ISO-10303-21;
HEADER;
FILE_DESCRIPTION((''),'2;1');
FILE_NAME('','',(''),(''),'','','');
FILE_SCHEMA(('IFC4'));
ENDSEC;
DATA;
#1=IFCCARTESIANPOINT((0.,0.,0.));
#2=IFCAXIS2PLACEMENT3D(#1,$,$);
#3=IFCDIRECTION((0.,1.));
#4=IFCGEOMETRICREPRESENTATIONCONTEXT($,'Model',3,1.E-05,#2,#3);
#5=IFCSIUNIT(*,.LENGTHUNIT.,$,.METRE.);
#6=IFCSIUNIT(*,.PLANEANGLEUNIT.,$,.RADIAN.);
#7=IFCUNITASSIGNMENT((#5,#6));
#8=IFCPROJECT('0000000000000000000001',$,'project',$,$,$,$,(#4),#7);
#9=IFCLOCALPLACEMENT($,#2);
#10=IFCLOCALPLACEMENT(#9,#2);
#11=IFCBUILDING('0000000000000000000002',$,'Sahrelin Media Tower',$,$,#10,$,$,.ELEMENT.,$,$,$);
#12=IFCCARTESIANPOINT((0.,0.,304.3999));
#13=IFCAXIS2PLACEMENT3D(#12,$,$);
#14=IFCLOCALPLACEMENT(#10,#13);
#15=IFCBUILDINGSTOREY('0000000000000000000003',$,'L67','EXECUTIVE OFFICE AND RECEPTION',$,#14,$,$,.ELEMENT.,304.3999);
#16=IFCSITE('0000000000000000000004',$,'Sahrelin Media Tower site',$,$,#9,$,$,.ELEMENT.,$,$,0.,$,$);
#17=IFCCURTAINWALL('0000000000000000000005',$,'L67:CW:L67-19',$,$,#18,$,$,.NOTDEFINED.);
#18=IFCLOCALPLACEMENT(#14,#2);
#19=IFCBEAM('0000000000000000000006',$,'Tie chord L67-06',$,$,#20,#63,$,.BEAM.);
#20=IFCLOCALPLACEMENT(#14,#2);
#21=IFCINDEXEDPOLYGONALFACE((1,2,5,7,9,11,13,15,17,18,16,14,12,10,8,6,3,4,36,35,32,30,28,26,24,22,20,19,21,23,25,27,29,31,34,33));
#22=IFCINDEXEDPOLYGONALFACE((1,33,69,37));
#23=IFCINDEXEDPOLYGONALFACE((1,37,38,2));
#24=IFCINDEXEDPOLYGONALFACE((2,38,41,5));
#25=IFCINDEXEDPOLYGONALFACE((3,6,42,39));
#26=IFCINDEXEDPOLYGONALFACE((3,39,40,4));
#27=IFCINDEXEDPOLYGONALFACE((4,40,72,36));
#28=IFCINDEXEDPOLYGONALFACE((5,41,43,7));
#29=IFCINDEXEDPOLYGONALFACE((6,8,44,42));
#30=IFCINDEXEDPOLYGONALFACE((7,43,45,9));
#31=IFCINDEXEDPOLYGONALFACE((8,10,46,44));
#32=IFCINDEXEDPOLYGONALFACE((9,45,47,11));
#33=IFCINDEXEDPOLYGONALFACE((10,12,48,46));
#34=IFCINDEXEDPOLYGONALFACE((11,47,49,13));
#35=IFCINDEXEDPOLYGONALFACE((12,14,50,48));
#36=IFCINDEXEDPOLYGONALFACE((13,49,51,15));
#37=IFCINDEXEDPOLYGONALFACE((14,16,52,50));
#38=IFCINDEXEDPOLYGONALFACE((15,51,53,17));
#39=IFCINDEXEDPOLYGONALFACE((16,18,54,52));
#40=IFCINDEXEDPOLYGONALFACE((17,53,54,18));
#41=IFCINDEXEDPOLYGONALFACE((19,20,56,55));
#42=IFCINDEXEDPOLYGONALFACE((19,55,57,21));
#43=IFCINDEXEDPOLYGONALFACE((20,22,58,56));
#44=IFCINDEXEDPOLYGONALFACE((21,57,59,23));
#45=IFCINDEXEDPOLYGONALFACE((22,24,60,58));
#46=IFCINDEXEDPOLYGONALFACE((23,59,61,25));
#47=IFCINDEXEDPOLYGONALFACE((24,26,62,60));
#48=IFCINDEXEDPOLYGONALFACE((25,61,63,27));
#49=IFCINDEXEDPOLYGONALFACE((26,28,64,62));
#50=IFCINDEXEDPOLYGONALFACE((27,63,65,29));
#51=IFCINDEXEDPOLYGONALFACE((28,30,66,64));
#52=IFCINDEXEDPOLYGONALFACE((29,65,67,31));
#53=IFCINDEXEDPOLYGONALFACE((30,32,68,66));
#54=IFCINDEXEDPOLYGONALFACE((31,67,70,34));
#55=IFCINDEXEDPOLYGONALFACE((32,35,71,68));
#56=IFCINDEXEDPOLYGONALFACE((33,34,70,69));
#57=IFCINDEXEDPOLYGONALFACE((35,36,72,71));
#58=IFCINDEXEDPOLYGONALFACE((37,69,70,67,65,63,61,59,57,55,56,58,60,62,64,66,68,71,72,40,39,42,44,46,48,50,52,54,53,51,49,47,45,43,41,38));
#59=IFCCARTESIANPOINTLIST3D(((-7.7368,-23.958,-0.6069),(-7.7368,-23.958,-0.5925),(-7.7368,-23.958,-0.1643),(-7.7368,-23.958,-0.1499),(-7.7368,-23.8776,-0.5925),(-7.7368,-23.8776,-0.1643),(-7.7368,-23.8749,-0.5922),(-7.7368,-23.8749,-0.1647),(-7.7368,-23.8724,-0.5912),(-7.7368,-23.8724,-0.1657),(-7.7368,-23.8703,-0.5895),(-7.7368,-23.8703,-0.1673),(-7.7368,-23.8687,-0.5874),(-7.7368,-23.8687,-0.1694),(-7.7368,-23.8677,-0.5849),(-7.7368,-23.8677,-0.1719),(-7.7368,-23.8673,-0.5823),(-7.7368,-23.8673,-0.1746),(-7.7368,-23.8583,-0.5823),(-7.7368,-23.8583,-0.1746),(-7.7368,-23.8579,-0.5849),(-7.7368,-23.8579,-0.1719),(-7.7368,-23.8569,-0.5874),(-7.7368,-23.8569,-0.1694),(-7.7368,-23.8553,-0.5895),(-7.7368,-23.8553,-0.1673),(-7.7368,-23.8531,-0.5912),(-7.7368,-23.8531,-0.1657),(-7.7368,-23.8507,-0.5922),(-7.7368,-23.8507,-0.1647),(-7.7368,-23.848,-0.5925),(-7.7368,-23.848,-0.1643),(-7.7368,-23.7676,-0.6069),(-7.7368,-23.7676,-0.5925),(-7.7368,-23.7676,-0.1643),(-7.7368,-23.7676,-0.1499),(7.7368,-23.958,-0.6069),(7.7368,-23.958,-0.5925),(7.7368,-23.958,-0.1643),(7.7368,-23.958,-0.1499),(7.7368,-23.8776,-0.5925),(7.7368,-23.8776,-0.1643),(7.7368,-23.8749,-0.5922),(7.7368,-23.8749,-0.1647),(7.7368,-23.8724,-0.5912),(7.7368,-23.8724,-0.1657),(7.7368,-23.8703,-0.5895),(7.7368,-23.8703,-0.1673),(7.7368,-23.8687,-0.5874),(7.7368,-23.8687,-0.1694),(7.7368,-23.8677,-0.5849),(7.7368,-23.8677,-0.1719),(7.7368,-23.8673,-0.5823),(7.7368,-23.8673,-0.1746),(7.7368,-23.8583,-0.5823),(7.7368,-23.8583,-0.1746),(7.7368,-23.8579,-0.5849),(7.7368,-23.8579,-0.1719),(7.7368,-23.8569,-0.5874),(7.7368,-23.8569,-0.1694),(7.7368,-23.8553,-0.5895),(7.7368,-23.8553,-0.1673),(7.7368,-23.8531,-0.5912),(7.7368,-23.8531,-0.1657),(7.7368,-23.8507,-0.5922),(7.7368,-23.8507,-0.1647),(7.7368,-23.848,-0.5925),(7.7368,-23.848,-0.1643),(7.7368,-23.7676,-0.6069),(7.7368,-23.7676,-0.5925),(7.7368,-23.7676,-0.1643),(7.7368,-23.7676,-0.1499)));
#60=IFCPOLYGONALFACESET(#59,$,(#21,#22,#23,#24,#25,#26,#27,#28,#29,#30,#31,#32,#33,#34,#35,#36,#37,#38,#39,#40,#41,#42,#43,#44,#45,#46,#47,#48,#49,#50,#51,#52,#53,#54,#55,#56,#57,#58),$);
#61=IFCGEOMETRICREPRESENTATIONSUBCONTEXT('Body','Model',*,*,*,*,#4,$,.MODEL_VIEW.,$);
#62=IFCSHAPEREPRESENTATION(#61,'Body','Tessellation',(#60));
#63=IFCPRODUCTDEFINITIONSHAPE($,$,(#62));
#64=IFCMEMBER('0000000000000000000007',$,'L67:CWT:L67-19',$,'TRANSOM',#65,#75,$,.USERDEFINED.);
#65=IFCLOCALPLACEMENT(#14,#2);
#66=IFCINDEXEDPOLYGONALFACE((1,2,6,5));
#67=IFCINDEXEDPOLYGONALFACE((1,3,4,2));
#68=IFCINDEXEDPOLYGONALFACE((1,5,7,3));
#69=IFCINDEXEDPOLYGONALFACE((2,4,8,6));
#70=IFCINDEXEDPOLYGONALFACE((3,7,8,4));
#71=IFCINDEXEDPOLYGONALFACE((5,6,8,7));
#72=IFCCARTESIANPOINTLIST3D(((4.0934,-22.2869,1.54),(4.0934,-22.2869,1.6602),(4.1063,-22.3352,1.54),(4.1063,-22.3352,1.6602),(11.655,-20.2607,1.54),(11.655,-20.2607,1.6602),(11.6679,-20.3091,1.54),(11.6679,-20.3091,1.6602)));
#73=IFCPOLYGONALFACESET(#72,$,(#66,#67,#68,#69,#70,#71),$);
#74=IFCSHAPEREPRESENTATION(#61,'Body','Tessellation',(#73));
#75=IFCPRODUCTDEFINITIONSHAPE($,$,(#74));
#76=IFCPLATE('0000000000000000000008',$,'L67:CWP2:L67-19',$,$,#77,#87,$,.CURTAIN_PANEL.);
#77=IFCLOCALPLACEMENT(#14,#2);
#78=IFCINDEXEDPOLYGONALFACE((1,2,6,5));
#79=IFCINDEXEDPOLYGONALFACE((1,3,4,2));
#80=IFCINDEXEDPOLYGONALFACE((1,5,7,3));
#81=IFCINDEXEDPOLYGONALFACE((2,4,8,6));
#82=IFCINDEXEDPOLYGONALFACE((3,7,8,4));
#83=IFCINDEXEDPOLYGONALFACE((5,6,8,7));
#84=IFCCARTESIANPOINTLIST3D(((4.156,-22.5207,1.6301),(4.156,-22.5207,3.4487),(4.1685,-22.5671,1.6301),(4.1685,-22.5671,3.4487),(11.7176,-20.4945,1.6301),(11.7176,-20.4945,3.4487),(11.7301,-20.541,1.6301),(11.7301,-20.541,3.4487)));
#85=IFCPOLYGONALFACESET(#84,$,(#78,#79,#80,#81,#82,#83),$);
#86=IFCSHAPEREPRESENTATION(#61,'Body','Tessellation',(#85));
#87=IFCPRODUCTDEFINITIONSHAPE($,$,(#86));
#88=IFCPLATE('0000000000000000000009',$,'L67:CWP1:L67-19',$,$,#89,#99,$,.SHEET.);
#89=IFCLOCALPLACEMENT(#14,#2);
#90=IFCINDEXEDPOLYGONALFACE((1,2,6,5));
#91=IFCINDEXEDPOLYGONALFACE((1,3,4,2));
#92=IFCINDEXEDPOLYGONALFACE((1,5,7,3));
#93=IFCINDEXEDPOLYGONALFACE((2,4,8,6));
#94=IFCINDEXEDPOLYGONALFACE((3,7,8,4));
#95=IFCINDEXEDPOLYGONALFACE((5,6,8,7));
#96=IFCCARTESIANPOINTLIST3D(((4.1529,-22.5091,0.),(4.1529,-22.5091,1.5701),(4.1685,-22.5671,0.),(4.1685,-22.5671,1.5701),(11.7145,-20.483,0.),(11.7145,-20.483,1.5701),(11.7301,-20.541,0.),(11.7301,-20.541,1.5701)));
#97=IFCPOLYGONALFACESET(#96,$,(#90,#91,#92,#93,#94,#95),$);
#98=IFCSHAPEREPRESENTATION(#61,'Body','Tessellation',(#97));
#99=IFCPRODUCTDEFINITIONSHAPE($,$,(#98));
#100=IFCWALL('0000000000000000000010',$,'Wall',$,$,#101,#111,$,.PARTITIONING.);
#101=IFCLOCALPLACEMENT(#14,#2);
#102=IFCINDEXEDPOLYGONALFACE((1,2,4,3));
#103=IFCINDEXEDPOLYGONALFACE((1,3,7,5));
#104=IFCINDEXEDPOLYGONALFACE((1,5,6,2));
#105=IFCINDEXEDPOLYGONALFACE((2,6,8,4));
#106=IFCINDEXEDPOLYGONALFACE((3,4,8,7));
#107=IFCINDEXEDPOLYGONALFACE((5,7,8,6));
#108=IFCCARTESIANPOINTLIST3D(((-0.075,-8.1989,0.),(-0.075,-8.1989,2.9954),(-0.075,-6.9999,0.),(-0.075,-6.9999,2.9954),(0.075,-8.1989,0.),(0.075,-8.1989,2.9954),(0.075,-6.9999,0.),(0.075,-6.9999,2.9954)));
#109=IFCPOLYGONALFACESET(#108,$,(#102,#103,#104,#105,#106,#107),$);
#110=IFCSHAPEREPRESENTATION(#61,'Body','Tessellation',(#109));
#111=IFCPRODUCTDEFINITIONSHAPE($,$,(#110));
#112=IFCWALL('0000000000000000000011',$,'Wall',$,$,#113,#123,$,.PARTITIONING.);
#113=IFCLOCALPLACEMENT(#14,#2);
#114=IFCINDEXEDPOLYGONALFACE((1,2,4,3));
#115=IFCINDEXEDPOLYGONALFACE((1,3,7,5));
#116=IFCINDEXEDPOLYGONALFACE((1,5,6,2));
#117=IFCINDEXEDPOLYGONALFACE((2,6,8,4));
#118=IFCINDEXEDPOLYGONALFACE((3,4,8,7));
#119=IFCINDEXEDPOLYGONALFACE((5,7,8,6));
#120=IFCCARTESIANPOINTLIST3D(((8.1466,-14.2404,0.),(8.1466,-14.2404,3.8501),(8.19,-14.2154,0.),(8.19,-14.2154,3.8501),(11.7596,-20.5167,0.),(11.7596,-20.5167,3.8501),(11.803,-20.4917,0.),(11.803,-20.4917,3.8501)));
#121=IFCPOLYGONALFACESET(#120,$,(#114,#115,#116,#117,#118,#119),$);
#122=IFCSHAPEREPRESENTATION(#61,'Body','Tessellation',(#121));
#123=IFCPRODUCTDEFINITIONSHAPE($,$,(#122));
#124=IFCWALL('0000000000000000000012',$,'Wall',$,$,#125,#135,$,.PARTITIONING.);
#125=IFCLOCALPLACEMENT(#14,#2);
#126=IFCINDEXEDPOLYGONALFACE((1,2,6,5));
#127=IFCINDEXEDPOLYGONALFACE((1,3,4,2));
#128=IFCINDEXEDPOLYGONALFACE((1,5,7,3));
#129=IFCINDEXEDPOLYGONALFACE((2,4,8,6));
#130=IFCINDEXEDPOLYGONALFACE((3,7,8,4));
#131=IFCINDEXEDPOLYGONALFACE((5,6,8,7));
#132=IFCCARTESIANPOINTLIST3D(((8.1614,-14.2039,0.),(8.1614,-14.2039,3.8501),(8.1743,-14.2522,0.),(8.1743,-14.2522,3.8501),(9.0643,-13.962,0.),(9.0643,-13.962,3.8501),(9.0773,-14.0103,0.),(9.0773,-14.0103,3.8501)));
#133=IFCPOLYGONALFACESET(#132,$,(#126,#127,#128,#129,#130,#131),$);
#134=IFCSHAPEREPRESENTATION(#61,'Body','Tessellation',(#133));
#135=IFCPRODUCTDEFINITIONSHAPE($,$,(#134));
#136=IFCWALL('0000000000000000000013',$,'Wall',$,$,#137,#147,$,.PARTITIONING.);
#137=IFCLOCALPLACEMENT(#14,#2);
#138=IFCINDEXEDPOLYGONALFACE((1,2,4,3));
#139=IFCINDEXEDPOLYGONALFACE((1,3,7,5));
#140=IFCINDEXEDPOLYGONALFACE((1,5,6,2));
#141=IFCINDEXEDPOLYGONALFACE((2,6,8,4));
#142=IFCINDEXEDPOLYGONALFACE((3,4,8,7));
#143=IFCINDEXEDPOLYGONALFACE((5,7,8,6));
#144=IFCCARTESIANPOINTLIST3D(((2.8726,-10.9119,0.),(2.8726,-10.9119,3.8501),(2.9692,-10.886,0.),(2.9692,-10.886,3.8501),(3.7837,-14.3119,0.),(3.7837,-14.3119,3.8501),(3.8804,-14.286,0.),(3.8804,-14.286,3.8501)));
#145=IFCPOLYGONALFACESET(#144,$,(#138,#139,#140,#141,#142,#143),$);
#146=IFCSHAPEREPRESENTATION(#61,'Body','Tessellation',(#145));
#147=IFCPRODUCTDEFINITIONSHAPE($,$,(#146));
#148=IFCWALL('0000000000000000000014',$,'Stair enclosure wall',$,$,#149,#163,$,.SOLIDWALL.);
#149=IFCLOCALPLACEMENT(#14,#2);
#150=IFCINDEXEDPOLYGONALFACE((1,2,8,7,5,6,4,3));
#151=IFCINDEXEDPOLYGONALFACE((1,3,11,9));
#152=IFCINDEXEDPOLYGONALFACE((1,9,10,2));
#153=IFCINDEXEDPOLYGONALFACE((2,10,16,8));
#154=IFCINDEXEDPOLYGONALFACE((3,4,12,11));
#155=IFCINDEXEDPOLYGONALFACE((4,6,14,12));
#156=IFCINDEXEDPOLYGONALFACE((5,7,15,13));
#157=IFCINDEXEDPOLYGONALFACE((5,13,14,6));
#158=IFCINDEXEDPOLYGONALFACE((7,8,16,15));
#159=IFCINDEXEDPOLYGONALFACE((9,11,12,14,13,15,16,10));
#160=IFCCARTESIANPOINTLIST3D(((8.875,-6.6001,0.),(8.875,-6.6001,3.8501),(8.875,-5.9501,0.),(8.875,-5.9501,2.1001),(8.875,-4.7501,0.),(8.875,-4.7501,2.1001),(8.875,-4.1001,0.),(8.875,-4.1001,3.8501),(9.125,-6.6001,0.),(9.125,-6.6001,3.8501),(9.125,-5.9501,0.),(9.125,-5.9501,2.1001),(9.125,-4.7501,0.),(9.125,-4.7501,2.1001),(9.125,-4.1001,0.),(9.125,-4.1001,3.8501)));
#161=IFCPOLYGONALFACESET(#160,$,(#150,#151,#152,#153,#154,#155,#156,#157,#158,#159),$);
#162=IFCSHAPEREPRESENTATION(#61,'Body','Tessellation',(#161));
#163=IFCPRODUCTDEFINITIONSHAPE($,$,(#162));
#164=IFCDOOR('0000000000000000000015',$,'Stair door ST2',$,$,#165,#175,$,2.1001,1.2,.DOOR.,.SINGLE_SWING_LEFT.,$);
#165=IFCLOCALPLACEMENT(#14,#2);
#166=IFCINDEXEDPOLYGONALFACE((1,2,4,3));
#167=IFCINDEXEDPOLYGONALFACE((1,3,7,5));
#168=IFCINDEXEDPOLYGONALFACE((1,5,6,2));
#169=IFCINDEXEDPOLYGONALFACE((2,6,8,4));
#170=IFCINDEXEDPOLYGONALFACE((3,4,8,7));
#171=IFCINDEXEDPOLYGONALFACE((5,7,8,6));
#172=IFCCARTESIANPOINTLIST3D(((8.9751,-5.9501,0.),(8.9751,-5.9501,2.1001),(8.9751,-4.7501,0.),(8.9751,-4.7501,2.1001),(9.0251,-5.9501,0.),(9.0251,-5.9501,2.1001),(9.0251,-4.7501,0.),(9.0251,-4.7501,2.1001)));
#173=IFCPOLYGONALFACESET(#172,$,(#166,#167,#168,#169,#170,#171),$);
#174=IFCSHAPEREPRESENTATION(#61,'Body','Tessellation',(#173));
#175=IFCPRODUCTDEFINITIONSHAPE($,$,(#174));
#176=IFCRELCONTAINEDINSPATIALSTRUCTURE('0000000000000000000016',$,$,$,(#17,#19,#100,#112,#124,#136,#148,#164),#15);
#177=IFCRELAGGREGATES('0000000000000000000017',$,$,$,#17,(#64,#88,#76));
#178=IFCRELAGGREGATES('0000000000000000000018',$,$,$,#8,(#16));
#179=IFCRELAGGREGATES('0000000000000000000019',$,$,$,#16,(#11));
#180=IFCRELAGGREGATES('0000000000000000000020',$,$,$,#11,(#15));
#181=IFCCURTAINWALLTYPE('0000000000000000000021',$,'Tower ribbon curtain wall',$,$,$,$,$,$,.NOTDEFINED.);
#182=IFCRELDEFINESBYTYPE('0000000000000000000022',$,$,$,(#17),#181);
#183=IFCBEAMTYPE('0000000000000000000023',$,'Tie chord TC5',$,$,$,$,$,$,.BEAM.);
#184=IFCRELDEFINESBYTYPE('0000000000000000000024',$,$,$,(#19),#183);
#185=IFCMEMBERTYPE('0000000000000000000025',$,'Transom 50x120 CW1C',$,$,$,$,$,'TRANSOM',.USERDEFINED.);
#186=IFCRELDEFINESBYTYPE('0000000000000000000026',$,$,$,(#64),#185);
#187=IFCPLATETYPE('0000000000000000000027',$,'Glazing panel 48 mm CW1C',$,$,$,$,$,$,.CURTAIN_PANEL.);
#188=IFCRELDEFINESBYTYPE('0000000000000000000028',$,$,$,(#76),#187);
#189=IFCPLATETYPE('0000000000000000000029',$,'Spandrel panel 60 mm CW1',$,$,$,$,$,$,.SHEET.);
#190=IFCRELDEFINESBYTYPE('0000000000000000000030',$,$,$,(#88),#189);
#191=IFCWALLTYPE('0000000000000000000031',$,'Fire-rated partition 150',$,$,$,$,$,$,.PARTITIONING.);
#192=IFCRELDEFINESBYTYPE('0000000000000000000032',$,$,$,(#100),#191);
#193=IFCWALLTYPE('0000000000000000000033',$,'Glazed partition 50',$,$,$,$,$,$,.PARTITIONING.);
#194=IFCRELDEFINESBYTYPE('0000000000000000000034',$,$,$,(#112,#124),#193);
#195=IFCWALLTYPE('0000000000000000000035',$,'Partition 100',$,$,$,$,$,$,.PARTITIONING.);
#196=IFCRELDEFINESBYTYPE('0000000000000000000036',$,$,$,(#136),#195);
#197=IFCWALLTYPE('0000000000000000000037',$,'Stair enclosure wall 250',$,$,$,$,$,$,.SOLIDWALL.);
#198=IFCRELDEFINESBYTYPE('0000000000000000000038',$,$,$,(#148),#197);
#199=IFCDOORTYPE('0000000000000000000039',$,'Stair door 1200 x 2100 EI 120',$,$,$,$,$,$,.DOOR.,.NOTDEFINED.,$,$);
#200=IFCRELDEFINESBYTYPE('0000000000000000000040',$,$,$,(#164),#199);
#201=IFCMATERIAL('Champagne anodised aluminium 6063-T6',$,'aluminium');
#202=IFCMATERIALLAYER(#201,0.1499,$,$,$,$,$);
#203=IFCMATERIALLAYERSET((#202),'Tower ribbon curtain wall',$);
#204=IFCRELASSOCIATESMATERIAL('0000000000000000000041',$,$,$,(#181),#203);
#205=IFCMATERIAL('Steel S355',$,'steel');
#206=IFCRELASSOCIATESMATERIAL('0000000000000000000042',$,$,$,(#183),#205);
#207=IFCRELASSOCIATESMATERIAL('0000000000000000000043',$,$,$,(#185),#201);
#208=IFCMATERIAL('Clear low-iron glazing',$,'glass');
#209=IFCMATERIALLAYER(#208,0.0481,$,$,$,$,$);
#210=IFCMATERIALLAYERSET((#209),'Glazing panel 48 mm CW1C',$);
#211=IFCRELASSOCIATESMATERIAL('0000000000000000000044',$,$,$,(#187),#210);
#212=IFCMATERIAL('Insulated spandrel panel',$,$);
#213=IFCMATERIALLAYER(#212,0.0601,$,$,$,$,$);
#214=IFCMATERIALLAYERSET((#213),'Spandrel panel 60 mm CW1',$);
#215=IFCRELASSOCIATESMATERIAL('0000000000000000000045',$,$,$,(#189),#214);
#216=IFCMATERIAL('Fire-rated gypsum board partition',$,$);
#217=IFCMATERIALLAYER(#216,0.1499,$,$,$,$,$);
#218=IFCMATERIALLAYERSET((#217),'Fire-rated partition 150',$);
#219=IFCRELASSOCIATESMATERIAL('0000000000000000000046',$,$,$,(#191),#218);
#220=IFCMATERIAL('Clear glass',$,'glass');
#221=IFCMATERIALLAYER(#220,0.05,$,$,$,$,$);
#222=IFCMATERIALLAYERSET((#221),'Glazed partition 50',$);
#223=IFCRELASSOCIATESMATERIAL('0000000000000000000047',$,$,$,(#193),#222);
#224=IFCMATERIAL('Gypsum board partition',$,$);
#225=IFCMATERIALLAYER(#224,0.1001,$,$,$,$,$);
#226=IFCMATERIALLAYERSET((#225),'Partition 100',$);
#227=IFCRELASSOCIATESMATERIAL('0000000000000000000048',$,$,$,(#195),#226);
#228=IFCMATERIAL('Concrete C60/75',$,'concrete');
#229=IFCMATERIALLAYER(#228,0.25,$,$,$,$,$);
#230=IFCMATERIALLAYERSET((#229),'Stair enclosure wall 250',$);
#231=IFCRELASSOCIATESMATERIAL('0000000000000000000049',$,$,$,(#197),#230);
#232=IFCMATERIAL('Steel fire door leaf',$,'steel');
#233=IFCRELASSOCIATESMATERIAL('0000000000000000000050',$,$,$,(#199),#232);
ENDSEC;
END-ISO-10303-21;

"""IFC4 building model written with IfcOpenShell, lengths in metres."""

from ifc_helpers import new_model, si_unit, direction, frame, frame_2d, origin, origin_2d, place, context, subcontext, project, spatial, polyline, rectangle, i_section, outline, extrude, material, layer, layer_set, material_profile, profile_set, type_object, element, fill, aggregate, save


model = new_model("IFC4")

# Units and contexts
model_context = context("Model", 3, precision=1e-05, world=origin(), true_north=direction((0.0, 1.0)))
body_context = subcontext(model_context, "Body", "Model", "MODEL_VIEW")
ifc_project = project(units=[si_unit("LENGTHUNIT", "METRE"), si_unit("PLANEANGLEUNIT", "RADIAN")], contexts=[model_context])

# Site, building, storey
site_placement = place(None, origin())
site = spatial("IfcSite", under=ifc_project, at=site_placement, Name="Sahrelin Media Tower site", CompositionType="ELEMENT", RefElevation=0.0)
building_placement = place(site_placement, origin())
building = spatial("IfcBuilding", under=site, at=building_placement, Name="Sahrelin Media Tower", CompositionType="ELEMENT")
storey_placement = place(building_placement, frame((0.0, 0.0, 304.3999)))
storey = spatial("IfcBuildingStorey", under=building, at=storey_placement, Name="L67", Description="EXECUTIVE OFFICE AND RECEPTION", CompositionType="ELEMENT", Elevation=304.3999)

# Shared definitions
ifc_material_1 = material(Name="Steel S355", Category="steel")

# Curtain wall
ifc_material_2 = material(Name="Champagne anodised aluminium 6063-T6", Category="aluminium")
ifc_layer_1 = layer(ifc_material_2, 0.1499)
ifc_layer_set_1 = layer_set([ifc_layer_1], Name="Tower ribbon curtain wall")
curtain_wall_type = type_object("IfcCurtainWallType", Name="Tower ribbon curtain wall", PredefinedType="NOTDEFINED", material=ifc_layer_set_1)
curtain_wall_1_placement = place(storey_placement, frame((7.9441, -21.5347, 0.0), z_axis=(0.0, 0.0, 1.0), x_axis=(1.0, 0.0, 0.0)))
curtain_wall_1 = element("IfcCurtainWall", 1, at=curtain_wall_1_placement, inside=storey, type_object=curtain_wall_type, Name="L67:CW:L67-19", PredefinedType="NOTDEFINED")

# Beam
ifc_material_profile_1 = material_profile(ifc_material_1, i_section(OverallWidth=0.1904, OverallDepth=0.457, WebThickness=0.009, FlangeThickness=0.0144, FilletRadius=0.0103, at=origin_2d()), Name="UB 457x191x74")
ifc_profile_set_1 = profile_set([ifc_material_profile_1], Name="Steel S355")
beam_type_1 = type_object("IfcBeamType", Name="Tie chord TC5", PredefinedType="BEAM", material=ifc_profile_set_1)
beam_1_placement = place(storey_placement, frame((7.7368, -23.8628, -0.3784), z_axis=(-1.0, 0.0, 0.0), x_axis=(0.0, -1.0, 0.0)))
element("IfcBeam", 2, at=beam_1_placement, inside=storey, type_object=beam_type_1, Name="Tie chord L67-06", PredefinedType="BEAM", context=body_context, shape_type="SweptSolid", body=[
    extrude(i_section(OverallWidth=0.1904, OverallDepth=0.457, WebThickness=0.009, FlangeThickness=0.0144, FilletRadius=0.0103, at=origin_2d()), origin(), (0.0, 0.0, 1.0), 15.4736),
])

# Member
ifc_material_profile_2 = material_profile(ifc_material_2, rectangle(XDim=0.05, YDim=0.1201, at=origin_2d()), Name="Transom 50x120")
ifc_profile_set_2 = profile_set([ifc_material_profile_2], Name="Champagne anodised aluminium 6063-T6")
member_type_1 = type_object("IfcMemberType", Name="Transom 50x120 CW1C", ElementType="TRANSOM", PredefinedType="USERDEFINED", material=ifc_profile_set_2)
member_1_placement = place(storey_placement, frame((4.0999, -22.311, 1.6001), z_axis=(0.965925, 0.258821, 0.0), x_axis=(-0.258821, 0.965925, 0.0)))
member_1 = element("IfcMember", 3, at=member_1_placement, type_object=member_type_1, Name="L67:CWT:L67-19", ObjectType="TRANSOM", PredefinedType="USERDEFINED", context=body_context, shape_type="SweptSolid", body=[
    extrude(rectangle(XDim=0.05, YDim=0.1201, at=origin_2d()), origin(), (0.0, 0.0, 1.0), 7.8284),
])

# Plates
ifc_material_3 = material(Name="Clear low-iron glazing", Category="glass")
ifc_layer_2 = layer(ifc_material_3, 0.0481)
ifc_layer_set_2 = layer_set([ifc_layer_2], Name="Glazing panel 48 mm CW1C")
plate_type_1 = type_object("IfcPlateType", Name="Glazing panel 48 mm CW1C", PredefinedType="CURTAIN_PANEL", material=ifc_layer_set_2)
plate_1_placement = place(storey_placement, frame((4.1685, -22.5671, 1.6301), z_axis=(0.258821, -0.965925, 0.0), x_axis=(0.965925, 0.258821, 0.0)))
plate_1 = element("IfcPlate", 4, at=plate_1_placement, type_object=plate_type_1, Name="L67:CWP2:L67-19", PredefinedType="CURTAIN_PANEL", context=body_context, shape_type="SweptSolid", body=[
    extrude(outline(polyline([(0.0, 0.0), (7.8284, 0.0), (7.8284, 1.8186), (0.0, 1.8186), (0.0, 0.0)])), origin(), (0.0, 0.0, -1.0), 0.0481),
])
ifc_material_4 = material(Name="Insulated spandrel panel")
ifc_layer_3 = layer(ifc_material_4, 0.0601)
ifc_layer_set_3 = layer_set([ifc_layer_3], Name="Spandrel panel 60 mm CW1")
plate_type_2 = type_object("IfcPlateType", Name="Spandrel panel 60 mm CW1", PredefinedType="SHEET", material=ifc_layer_set_3)
plate_2_placement = place(storey_placement, frame((4.1685, -22.5671, 0.0), z_axis=(0.258821, -0.965925, 0.0), x_axis=(0.965925, 0.258821, 0.0)))
plate_2 = element("IfcPlate", 5, at=plate_2_placement, type_object=plate_type_2, Name="L67:CWP1:L67-19", PredefinedType="SHEET", context=body_context, shape_type="SweptSolid", body=[
    extrude(outline(polyline([(0.0, 0.0), (7.8284, 0.0), (7.8284, 1.5701), (0.0, 1.5701), (0.0, 0.0)])), origin(), (0.0, 0.0, -1.0), 0.0601),
])
aggregate(curtain_wall_1, [member_1, plate_2, plate_1])

# Walls
ifc_material_5 = material(Name="Fire-rated gypsum board partition")
ifc_layer_4 = layer(ifc_material_5, 0.1499)
ifc_layer_set_4 = layer_set([ifc_layer_4], Name="Fire-rated partition 150")
wall_type_1 = type_object("IfcWallType", Name="Fire-rated partition 150", PredefinedType="PARTITIONING", material=ifc_layer_set_4)
wall_1_placement = place(storey_placement, frame((0.0, -8.199, 0.0), z_axis=(0.0, 0.0, 1.0), x_axis=(0.0, 1.0, 0.0)))
element("IfcWall", 6, at=wall_1_placement, inside=storey, type_object=wall_type_1, Name="Wall", PredefinedType="PARTITIONING", context=body_context, shape_type="SweptSolid", body=[
    extrude(rectangle(XDim=1.199, YDim=0.1499, at=frame_2d((0.5996, 0.0))), origin(), (0.0, 0.0, 1.0), 2.9954),
])
ifc_material_6 = material(Name="Clear glass", Category="glass")
ifc_layer_5 = layer(ifc_material_6, 0.05)
ifc_layer_set_5 = layer_set([ifc_layer_5], Name="Glazed partition 50")
wall_type_2 = type_object("IfcWallType", Name="Glazed partition 50", PredefinedType="PARTITIONING", material=ifc_layer_set_5)
wall_2_placement = place(storey_placement, frame((8.1682, -14.2278, 0.0), z_axis=(0.0, 0.0, 1.0), x_axis=(0.498899, -0.86666, 0.0)))
element("IfcWall", 7, at=wall_2_placement, inside=storey, type_object=wall_type_2, Name="Wall", PredefinedType="PARTITIONING", context=body_context, shape_type="SweptSolid", body=[
    extrude(rectangle(XDim=7.2419, YDim=0.05, at=frame_2d((3.6211, 0.0))), origin(), (0.0, 0.0, 1.0), 3.8501),
])
wall_3_placement = place(storey_placement, frame((8.168, -14.228, 0.0), z_axis=(0.0, 0.0, 1.0), x_axis=(0.965935, 0.258784, 0.0)))
element("IfcWall", 8, at=wall_3_placement, inside=storey, type_object=wall_type_2, Name="Wall", PredefinedType="PARTITIONING", context=body_context, shape_type="SweptSolid", body=[
    extrude(rectangle(XDim=0.9348, YDim=0.05, at=frame_2d((0.4673, 0.0))), origin(), (0.0, 0.0, 1.0), 3.8501),
])
ifc_material_7 = material(Name="Gypsum board partition")
ifc_layer_6 = layer(ifc_material_7, 0.1001)
ifc_layer_set_6 = layer_set([ifc_layer_6], Name="Partition 100")
wall_type_3 = type_object("IfcWallType", Name="Partition 100", PredefinedType="PARTITIONING", material=ifc_layer_set_6)
wall_4_placement = place(storey_placement, frame((2.9209, -10.8989, 0.0), z_axis=(0.0, 0.0, 1.0), x_axis=(0.258837, -0.965921, 0.0)))
element("IfcWall", 9, at=wall_4_placement, inside=storey, type_object=wall_type_3, Name="Wall", PredefinedType="PARTITIONING", context=body_context, shape_type="SweptSolid", body=[
    extrude(rectangle(XDim=3.52, YDim=0.1001, at=frame_2d((1.76, 0.0))), origin(), (0.0, 0.0, 1.0), 3.8501),
])

# Wall, opening, door
ifc_material_8 = material(Name="Concrete C60/75", Category="concrete")
ifc_layer_7 = layer(ifc_material_8, 0.25)
ifc_layer_set_7 = layer_set([ifc_layer_7], Name="Stair enclosure wall 250")
wall_type_4 = type_object("IfcWallType", Name="Stair enclosure wall 250", PredefinedType="SOLIDWALL", material=ifc_layer_set_7)
wall_5_placement = place(storey_placement, frame((9.0, -6.6001, 0.0), z_axis=(0.0, 0.0, 1.0), x_axis=(0.0, 1.0, 0.0)))
wall_5 = element("IfcWall", 10, at=wall_5_placement, inside=storey, type_object=wall_type_4, Name="Stair enclosure wall", PredefinedType="SOLIDWALL", context=body_context, shape_type="SweptSolid", body=[
    extrude(rectangle(XDim=2.5, YDim=0.25, at=frame_2d((1.25, 0.0))), origin(), (0.0, 0.0, 1.0), 3.8501),
])
opening_placement = place(wall_5_placement, frame((0.6499, 0.0, 0.0)))
opening = element("IfcOpeningElement", 11, at=opening_placement, cuts=wall_5, PredefinedType="OPENING", context=body_context, shape_type="SweptSolid", body=[
    extrude(rectangle(XDim=1.2, YDim=2.1001, at=frame_2d((0.6001, 1.05))), frame((0.0, 0.125, 0.0), z_axis=(0.0, -1.0, 0.0), x_axis=(1.0, 0.0, 0.0)), (0.0, 0.0, 1.0), 0.25),
])
ifc_material_9 = material(Name="Steel fire door leaf", Category="steel")
door_type = type_object("IfcDoorType", Name="Stair door 1200 x 2100 EI 120", OperationType="NOTDEFINED", PredefinedType="DOOR", material=ifc_material_9)
door_placement = place(opening_placement, origin())
door = element("IfcDoor", 12, at=door_placement, inside=storey, type_object=door_type, Name="Stair door ST2", OperationType="SINGLE_SWING_LEFT", OverallHeight=2.1001, OverallWidth=1.2, PredefinedType="DOOR", context=body_context, shape_type="SweptSolid", body=[
    extrude(rectangle(XDim=1.2, YDim=2.1001, at=frame_2d((0.6001, 1.05))), frame((0.0, 0.0249, 0.0), z_axis=(0.0, -1.0, 0.0), x_axis=(1.0, 0.0, 0.0)), (0.0, 0.0, 1.0), 0.05),
])
fill(opening, door)

save(model, "model.ifc")
